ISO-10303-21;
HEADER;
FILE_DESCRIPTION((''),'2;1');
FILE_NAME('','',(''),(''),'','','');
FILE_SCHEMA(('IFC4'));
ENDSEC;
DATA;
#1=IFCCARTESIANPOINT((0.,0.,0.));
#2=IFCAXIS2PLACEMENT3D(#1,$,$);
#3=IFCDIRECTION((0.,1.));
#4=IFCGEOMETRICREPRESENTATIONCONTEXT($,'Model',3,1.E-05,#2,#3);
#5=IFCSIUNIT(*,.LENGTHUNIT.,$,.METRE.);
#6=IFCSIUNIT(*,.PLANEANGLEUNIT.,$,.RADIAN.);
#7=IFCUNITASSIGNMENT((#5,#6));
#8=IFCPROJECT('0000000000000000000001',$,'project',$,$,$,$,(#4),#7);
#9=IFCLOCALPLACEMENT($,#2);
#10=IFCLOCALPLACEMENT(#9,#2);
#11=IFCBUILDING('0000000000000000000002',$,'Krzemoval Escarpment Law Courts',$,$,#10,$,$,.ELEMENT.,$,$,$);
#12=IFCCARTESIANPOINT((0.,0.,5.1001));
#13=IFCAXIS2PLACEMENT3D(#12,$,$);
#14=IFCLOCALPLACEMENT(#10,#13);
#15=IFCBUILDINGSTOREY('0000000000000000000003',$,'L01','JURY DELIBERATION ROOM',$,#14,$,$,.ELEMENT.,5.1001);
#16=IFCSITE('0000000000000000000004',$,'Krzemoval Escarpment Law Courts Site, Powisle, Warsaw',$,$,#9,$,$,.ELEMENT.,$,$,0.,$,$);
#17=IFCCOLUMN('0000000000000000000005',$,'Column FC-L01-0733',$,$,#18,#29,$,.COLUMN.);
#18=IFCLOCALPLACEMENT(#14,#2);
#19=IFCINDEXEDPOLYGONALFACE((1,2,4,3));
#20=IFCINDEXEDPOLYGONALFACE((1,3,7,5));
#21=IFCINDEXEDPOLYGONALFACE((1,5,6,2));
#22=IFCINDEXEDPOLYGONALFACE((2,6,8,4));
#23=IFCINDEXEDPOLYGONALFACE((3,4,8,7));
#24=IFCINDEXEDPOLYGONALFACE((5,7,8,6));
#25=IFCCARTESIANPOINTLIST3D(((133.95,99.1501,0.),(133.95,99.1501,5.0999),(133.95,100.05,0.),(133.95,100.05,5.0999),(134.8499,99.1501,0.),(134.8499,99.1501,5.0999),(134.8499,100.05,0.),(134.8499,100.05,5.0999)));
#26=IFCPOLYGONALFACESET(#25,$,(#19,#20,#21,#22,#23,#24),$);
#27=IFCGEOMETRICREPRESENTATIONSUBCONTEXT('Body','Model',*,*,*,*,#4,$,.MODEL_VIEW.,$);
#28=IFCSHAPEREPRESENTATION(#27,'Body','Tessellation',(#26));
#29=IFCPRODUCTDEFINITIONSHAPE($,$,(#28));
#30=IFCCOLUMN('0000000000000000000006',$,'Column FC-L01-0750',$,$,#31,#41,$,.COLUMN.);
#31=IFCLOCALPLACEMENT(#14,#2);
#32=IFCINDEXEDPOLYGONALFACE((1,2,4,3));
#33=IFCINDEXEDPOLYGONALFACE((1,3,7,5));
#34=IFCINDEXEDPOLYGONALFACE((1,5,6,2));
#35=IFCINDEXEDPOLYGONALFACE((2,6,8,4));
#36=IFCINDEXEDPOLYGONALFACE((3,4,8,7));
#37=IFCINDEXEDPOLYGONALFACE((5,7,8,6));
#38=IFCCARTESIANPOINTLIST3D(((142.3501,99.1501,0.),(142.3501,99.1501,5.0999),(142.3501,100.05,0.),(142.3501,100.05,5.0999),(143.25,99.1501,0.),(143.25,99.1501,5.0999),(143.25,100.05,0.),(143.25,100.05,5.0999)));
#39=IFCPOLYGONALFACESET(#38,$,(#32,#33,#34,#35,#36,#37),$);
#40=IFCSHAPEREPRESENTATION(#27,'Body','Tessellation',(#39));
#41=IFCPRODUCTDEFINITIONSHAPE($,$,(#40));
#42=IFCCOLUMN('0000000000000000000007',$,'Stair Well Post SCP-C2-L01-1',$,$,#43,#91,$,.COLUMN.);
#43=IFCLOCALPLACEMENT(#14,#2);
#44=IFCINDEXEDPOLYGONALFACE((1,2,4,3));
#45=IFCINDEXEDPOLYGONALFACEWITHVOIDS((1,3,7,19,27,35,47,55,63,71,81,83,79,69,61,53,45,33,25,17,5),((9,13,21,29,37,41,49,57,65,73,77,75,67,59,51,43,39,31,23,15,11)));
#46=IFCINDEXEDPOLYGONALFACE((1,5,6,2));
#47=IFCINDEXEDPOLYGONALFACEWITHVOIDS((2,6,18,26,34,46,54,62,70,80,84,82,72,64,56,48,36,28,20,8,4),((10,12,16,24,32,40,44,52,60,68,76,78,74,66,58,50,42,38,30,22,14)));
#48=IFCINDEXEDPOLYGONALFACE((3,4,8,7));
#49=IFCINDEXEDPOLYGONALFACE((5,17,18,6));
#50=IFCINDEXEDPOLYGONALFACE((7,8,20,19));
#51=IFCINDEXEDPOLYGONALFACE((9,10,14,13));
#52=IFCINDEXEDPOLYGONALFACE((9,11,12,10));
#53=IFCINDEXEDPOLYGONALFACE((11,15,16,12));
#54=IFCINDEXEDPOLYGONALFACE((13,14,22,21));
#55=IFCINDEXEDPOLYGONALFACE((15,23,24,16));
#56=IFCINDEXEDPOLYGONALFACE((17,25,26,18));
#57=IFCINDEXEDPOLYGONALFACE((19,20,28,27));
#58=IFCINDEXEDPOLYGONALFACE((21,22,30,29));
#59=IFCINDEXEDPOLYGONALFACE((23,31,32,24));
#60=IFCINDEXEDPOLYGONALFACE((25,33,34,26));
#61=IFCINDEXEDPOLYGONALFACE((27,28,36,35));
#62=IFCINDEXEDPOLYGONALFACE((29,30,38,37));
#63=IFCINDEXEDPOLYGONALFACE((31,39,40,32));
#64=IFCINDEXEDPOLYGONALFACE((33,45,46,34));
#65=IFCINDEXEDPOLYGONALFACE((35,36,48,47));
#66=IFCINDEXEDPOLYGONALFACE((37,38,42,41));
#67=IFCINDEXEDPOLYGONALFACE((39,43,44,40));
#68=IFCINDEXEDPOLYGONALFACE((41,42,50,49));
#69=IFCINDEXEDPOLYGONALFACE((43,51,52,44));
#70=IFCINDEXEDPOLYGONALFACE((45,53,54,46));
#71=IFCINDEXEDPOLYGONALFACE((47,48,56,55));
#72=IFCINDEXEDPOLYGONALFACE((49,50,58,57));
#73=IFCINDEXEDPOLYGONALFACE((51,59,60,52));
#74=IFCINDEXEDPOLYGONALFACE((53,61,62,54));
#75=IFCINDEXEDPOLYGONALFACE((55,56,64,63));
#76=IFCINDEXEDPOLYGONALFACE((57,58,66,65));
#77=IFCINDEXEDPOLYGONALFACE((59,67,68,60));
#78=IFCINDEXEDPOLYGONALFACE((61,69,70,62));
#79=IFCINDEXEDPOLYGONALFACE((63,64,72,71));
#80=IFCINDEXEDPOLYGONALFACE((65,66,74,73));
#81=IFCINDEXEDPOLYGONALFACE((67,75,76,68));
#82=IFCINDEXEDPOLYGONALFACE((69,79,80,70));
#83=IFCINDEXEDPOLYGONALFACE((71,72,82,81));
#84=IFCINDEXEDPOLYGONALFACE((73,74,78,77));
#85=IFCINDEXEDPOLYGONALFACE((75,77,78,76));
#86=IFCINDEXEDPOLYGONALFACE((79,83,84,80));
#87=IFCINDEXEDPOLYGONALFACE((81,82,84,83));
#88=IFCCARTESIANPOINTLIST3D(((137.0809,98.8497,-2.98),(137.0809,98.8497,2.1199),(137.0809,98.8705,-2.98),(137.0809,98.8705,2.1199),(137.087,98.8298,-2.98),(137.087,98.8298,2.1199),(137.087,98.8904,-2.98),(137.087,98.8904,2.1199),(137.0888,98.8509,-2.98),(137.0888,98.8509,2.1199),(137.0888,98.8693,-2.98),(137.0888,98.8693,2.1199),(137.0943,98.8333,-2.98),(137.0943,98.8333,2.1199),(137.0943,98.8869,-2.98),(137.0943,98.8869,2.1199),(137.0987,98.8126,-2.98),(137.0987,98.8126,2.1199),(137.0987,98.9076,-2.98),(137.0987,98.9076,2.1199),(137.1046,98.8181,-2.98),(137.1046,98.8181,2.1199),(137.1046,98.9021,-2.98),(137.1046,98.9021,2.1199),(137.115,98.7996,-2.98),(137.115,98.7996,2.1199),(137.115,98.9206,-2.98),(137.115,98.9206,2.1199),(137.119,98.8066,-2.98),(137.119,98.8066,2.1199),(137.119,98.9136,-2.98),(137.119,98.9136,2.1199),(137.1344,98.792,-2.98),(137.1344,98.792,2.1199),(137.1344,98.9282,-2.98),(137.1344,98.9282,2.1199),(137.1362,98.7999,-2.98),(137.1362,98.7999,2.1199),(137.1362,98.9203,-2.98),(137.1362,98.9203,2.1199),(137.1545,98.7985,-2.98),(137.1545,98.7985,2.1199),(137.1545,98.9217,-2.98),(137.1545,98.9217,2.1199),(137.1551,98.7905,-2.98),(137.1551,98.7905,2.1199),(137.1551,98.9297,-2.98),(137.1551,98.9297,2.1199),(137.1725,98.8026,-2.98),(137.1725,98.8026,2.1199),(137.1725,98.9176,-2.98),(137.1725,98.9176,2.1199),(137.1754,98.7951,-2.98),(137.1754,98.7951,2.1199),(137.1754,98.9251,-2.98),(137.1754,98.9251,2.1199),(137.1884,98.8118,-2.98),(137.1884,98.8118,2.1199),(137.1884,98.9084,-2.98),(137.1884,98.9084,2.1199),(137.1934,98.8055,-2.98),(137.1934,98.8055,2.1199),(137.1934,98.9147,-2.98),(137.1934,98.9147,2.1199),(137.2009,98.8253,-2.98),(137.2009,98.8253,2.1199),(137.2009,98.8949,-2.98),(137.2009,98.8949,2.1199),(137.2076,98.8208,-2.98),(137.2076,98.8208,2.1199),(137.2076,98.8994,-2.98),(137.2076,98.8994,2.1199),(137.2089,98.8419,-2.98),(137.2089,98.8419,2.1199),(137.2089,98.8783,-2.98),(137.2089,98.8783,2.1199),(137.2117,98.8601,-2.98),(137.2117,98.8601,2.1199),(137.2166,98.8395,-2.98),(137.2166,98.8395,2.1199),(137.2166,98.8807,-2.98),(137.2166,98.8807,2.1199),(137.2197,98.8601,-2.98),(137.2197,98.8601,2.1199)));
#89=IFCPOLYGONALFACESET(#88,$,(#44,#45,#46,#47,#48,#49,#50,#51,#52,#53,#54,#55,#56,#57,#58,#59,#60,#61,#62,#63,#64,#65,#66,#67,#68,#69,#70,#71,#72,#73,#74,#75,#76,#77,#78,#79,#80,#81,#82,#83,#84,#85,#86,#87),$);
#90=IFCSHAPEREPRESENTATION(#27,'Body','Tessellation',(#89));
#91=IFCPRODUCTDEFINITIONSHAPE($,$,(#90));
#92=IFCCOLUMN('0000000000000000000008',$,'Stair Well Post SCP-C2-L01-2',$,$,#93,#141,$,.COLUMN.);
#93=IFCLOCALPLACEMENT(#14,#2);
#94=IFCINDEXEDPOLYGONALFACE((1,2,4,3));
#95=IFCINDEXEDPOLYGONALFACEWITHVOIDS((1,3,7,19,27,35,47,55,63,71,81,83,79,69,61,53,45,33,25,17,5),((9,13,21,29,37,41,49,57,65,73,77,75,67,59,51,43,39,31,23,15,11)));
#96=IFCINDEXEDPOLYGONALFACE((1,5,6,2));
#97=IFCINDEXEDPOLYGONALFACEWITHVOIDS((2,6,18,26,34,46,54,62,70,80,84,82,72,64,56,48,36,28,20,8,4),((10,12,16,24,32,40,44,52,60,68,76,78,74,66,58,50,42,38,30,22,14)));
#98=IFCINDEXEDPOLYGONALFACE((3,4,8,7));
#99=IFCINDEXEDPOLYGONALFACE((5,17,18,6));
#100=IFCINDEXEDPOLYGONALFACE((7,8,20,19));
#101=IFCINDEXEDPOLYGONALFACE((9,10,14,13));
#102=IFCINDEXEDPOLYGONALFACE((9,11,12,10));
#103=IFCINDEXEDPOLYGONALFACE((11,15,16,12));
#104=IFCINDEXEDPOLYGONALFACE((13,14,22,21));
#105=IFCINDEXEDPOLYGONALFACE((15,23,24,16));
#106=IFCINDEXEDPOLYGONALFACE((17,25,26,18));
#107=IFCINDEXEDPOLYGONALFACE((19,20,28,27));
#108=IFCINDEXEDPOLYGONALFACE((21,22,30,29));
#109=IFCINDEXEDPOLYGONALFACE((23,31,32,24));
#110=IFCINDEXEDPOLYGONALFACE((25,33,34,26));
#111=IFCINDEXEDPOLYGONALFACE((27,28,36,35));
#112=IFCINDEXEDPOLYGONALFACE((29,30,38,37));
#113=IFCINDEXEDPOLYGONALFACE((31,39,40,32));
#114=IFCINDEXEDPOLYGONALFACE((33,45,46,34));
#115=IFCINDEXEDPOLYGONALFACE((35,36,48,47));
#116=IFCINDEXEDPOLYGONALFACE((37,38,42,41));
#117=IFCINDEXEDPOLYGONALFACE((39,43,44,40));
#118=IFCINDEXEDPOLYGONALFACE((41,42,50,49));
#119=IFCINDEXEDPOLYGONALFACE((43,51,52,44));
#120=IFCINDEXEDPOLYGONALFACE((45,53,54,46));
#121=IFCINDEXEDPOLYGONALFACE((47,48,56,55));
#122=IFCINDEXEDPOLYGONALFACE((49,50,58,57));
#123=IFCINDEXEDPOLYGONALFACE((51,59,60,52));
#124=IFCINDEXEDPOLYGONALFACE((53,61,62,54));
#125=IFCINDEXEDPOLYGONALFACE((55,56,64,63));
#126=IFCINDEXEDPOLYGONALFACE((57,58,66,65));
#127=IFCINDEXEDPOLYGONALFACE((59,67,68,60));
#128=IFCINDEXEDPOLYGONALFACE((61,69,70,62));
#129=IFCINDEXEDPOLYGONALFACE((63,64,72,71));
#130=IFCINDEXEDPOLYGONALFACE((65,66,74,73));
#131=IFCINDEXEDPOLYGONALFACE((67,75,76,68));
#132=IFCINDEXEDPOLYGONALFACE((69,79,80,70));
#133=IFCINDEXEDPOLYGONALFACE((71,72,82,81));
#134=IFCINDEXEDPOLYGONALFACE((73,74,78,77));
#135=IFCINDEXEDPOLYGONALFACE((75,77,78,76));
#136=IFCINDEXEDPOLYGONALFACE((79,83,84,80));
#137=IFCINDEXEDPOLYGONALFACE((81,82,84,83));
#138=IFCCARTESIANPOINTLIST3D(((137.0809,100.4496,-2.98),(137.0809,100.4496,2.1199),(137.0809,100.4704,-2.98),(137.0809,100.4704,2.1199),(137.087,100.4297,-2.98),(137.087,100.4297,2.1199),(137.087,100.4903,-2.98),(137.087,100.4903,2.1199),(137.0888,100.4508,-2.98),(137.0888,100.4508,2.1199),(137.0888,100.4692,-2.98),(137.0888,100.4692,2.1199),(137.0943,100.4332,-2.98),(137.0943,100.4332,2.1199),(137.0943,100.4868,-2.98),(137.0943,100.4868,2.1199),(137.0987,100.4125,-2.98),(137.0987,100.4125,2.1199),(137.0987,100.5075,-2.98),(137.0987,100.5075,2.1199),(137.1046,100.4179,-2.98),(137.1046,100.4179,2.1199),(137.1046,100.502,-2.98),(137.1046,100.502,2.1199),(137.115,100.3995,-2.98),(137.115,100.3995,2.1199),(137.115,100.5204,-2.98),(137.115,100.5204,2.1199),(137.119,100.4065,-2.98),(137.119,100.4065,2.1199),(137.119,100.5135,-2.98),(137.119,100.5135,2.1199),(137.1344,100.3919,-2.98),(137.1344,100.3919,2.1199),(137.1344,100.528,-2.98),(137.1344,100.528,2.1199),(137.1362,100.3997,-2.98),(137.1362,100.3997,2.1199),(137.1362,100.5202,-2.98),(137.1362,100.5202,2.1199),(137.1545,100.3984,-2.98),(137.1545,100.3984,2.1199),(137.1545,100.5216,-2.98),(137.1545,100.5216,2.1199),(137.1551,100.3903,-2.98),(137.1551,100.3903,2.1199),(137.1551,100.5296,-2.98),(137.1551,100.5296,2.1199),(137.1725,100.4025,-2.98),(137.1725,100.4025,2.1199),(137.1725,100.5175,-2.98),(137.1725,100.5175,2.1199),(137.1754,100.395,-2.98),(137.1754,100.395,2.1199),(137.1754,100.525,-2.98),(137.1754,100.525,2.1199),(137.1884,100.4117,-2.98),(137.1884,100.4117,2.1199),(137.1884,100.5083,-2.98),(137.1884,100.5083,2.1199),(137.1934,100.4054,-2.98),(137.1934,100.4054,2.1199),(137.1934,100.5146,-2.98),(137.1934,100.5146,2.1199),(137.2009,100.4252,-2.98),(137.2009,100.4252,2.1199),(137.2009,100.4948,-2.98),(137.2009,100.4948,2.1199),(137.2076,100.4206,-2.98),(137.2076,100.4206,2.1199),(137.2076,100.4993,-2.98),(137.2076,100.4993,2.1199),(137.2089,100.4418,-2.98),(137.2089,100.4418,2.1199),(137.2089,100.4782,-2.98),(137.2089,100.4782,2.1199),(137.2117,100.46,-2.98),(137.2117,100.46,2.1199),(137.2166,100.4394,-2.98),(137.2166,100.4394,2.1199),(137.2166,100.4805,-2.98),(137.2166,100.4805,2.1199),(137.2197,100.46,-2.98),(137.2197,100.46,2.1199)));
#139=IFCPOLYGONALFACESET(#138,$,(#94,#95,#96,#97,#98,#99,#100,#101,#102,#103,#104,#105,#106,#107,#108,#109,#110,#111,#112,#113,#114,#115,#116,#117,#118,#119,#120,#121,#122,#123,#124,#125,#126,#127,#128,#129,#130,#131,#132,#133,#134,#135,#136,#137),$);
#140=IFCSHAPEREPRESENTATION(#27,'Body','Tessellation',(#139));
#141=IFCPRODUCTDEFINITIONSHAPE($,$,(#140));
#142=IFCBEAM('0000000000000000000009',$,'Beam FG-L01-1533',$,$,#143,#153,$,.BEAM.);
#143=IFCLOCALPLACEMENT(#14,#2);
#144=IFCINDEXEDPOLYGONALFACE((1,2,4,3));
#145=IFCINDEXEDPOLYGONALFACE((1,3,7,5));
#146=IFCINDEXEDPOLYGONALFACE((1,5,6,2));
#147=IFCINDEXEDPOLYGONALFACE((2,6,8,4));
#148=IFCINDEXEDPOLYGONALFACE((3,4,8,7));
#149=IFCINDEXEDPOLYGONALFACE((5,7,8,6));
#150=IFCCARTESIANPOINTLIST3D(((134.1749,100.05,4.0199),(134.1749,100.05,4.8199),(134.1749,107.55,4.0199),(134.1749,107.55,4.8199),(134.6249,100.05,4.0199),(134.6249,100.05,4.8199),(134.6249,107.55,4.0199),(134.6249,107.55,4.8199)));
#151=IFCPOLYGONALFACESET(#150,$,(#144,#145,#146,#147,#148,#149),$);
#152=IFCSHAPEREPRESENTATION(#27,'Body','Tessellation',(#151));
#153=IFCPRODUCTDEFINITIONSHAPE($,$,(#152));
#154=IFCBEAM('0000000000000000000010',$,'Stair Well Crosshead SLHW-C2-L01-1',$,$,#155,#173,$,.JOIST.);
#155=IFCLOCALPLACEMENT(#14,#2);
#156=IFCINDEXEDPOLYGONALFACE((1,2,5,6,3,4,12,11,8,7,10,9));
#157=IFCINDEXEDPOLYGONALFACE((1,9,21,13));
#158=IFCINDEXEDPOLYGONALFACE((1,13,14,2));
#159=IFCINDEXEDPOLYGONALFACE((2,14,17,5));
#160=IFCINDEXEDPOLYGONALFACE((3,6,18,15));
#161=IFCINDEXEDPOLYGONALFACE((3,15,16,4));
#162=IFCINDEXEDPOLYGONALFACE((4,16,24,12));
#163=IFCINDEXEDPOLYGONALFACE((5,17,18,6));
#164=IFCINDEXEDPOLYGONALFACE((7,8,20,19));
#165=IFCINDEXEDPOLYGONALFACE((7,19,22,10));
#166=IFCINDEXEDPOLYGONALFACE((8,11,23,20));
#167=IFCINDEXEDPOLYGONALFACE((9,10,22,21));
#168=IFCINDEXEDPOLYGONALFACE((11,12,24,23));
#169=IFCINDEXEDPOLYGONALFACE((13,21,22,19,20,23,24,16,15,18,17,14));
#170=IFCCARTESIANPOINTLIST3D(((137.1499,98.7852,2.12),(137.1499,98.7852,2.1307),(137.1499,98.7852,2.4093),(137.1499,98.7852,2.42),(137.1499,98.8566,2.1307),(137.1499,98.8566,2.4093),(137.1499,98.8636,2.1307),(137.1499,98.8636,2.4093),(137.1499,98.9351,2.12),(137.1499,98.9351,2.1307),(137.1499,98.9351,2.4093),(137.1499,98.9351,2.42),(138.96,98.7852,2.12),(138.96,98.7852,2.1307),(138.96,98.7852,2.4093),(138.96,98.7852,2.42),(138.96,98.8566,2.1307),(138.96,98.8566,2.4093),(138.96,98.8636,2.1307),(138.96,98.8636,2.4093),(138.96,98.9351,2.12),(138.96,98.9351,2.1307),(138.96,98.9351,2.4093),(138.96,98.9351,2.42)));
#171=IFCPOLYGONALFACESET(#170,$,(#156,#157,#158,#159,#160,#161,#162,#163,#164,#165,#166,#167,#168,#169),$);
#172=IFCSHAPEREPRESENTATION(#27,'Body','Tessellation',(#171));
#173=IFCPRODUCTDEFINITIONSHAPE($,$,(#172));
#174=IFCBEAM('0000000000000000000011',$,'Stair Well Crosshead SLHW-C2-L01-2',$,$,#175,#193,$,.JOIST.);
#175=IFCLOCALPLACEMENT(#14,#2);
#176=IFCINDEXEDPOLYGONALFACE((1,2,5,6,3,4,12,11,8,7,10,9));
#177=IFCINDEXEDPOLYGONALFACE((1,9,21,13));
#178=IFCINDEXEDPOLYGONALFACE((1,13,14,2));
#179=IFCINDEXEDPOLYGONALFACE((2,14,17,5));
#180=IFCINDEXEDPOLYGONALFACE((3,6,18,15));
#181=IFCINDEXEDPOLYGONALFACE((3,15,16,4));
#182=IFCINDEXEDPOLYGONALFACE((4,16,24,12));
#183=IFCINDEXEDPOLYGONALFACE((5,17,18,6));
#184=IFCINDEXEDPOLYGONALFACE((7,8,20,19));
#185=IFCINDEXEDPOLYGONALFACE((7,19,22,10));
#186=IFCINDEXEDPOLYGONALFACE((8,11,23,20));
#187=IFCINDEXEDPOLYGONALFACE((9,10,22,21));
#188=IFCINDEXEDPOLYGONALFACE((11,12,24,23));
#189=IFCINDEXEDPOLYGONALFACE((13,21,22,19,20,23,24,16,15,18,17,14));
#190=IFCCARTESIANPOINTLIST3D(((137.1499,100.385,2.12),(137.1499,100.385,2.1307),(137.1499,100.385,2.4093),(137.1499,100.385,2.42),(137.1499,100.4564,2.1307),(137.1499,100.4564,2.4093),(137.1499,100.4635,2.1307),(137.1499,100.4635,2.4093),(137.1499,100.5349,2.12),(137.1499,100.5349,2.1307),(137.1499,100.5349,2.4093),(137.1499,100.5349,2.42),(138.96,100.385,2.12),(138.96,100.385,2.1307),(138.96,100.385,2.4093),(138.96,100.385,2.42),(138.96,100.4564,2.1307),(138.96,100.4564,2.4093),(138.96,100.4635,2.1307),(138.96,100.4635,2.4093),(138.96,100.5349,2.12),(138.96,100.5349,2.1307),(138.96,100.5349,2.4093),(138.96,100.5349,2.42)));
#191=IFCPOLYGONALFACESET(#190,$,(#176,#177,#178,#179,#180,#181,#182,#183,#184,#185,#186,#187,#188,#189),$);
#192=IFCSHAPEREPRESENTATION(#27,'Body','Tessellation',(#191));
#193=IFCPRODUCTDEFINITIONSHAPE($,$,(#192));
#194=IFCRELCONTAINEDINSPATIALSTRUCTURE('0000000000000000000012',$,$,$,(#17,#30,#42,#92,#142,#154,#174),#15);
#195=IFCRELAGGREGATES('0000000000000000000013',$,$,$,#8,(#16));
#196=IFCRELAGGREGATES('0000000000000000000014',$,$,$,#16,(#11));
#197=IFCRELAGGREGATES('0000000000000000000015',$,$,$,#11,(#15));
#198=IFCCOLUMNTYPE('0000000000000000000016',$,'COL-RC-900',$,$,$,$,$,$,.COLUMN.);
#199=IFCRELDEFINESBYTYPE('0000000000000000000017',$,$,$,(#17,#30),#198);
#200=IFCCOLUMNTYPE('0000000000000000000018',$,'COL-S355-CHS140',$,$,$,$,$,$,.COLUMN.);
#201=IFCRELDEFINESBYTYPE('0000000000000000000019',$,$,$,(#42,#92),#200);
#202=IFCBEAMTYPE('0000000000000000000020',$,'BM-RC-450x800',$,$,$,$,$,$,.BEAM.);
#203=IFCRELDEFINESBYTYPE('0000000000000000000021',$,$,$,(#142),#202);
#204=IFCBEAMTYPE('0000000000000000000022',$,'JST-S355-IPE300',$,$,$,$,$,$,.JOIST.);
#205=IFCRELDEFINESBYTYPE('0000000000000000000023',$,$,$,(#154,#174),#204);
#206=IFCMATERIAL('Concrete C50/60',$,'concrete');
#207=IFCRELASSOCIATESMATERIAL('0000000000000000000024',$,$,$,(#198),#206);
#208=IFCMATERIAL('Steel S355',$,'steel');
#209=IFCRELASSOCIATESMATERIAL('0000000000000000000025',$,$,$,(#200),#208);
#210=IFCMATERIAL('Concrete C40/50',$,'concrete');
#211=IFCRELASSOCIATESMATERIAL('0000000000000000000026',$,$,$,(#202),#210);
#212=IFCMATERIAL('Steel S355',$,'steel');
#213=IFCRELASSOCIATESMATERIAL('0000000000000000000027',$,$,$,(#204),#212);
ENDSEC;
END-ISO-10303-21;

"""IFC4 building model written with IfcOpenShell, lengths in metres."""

from ifc_helpers import new_model, si_unit, direction, frame, origin, origin_2d, place, context, subcontext, project, spatial, rectangle, hollow_circle, i_section, extrude, material, material_profile, profile_set, type_object, element, save


model = new_model("IFC4")

# Units and contexts
model_context = context("Model", 3, precision=1e-05, world=origin(), true_north=direction((0.0, 1.0)))
body_context = subcontext(model_context, "Body", "Model", "MODEL_VIEW")
ifc_project = project(units=[si_unit("LENGTHUNIT", "METRE"), si_unit("PLANEANGLEUNIT", "RADIAN")], contexts=[model_context])

# Site, building, storey
site_placement = place(None, origin())
site = spatial("IfcSite", under=ifc_project, at=site_placement, Name="Krzemoval Escarpment Law Courts Site, Powisle, Warsaw", CompositionType="ELEMENT", RefElevation=0.0)
building_placement = place(site_placement, origin())
building = spatial("IfcBuilding", under=site, at=building_placement, Name="Krzemoval Escarpment Law Courts", CompositionType="ELEMENT")
storey_placement = place(building_placement, frame((0.0, 0.0, 5.1001)))
storey = spatial("IfcBuildingStorey", under=building, at=storey_placement, Name="L01", Description="JURY DELIBERATION ROOM", CompositionType="ELEMENT", Elevation=5.1001)

# Columns
ifc_material_1 = material(Name="Concrete C50/60", Category="concrete")
ifc_material_profile_1 = material_profile(ifc_material_1, rectangle(XDim=0.8999, YDim=0.8999, at=origin_2d()), Name="RC 900x900")
ifc_profile_set_1 = profile_set([ifc_material_profile_1], Name="Concrete C50/60")
column_type_1 = type_object("IfcColumnType", Name="COL-RC-900", PredefinedType="COLUMN", material=ifc_profile_set_1)
for number, where, z_axis, x_axis, name in (
    (1, (134.3999, 99.6001, 0.0), (0.0, 0.0, 1.0), (1.0, 0.0, 0.0), "Column FC-L01-0733"),
    (2, (142.8, 99.6001, 0.0), (0.0, 0.0, 1.0), (1.0, 0.0, 0.0), "Column FC-L01-0750"),
):
    element("IfcColumn", number, at=place(storey_placement, frame(where, z_axis=z_axis, x_axis=x_axis)), inside=storey, type_object=column_type_1, Name=name, PredefinedType="COLUMN", context=body_context, shape_type="SweptSolid", body=[
        extrude(rectangle(XDim=0.8999, YDim=0.8999, at=origin_2d()), origin(), (0.0, 0.0, 1.0), 5.0999),
    ])
ifc_material_2 = material(Name="Steel S355", Category="steel")
ifc_material_profile_2 = material_profile(ifc_material_2, hollow_circle(Radius=0.0698, WallThickness=0.0081, at=origin_2d()), Name="CHS 139.7x8")
ifc_profile_set_2 = profile_set([ifc_material_profile_2], Name="Steel S355")
column_type_2 = type_object("IfcColumnType", Name="COL-S355-CHS140", PredefinedType="COLUMN", material=ifc_profile_set_2)
for number, where, z_axis, x_axis, name in (
    (3, (137.1499, 98.8601, -2.98), (0.0, 0.0, 1.0), (1.0, 0.0, 0.0), "Stair Well Post SCP-C2-L01-1"),
    (4, (137.1499, 100.46, -2.98), (0.0, 0.0, 1.0), (1.0, 0.0, 0.0), "Stair Well Post SCP-C2-L01-2"),
):
    element("IfcColumn", number, at=place(storey_placement, frame(where, z_axis=z_axis, x_axis=x_axis)), inside=storey, type_object=column_type_2, Name=name, PredefinedType="COLUMN", context=body_context, shape_type="SweptSolid", body=[
        extrude(hollow_circle(Radius=0.0698, WallThickness=0.0081, at=origin_2d()), origin(), (0.0, 0.0, 1.0), 5.0999),
    ])

# Beams
ifc_material_3 = material(Name="Concrete C40/50", Category="concrete")
ifc_material_profile_3 = material_profile(ifc_material_3, rectangle(XDim=0.45, YDim=0.8, at=origin_2d()), Name="RCB 450x800")
ifc_profile_set_3 = profile_set([ifc_material_profile_3], Name="Concrete C40/50")
beam_type_1 = type_object("IfcBeamType", Name="BM-RC-450x800", PredefinedType="BEAM", material=ifc_profile_set_3)
beam_1_placement = place(storey_placement, frame((134.3999, 100.05, 4.4199), z_axis=(0.0, 1.0, 0.0), x_axis=(-1.0, 0.0, 0.0)))
element("IfcBeam", 5, at=beam_1_placement, inside=storey, type_object=beam_type_1, Name="Beam FG-L01-1533", PredefinedType="BEAM", context=body_context, shape_type="SweptSolid", body=[
    extrude(rectangle(XDim=0.45, YDim=0.8, at=origin_2d()), origin(), (0.0, 0.0, 1.0), 7.5),
])
ifc_material_4 = material(Name="Steel S355", Category="steel")
ifc_material_profile_4 = material_profile(ifc_material_4, i_section(OverallWidth=0.1499, OverallDepth=0.3, WebThickness=0.0071, FlangeThickness=0.0107, at=origin_2d()), Name="IPE 300")
ifc_profile_set_4 = profile_set([ifc_material_profile_4], Name="Steel S355")
beam_type_2 = type_object("IfcBeamType", Name="JST-S355-IPE300", PredefinedType="JOIST", material=ifc_profile_set_4)
for number, where, z_axis, x_axis, name in (
    (6, (137.1499, 98.8601, 2.27), (1.0, 0.0, 0.0), (0.0, 1.0, 0.0), "Stair Well Crosshead SLHW-C2-L01-1"),
    (7, (137.1499, 100.46, 2.27), (1.0, 0.0, 0.0), (0.0, 1.0, 0.0), "Stair Well Crosshead SLHW-C2-L01-2"),
):
    element("IfcBeam", number, at=place(storey_placement, frame(where, z_axis=z_axis, x_axis=x_axis)), inside=storey, type_object=beam_type_2, Name=name, PredefinedType="JOIST", context=body_context, shape_type="SweptSolid", body=[
        extrude(i_section(OverallWidth=0.1499, OverallDepth=0.3, WebThickness=0.0071, FlangeThickness=0.0107, at=origin_2d()), origin(), (0.0, 0.0, 1.0), 1.8101),
    ])

save(model, "model.ifc")
